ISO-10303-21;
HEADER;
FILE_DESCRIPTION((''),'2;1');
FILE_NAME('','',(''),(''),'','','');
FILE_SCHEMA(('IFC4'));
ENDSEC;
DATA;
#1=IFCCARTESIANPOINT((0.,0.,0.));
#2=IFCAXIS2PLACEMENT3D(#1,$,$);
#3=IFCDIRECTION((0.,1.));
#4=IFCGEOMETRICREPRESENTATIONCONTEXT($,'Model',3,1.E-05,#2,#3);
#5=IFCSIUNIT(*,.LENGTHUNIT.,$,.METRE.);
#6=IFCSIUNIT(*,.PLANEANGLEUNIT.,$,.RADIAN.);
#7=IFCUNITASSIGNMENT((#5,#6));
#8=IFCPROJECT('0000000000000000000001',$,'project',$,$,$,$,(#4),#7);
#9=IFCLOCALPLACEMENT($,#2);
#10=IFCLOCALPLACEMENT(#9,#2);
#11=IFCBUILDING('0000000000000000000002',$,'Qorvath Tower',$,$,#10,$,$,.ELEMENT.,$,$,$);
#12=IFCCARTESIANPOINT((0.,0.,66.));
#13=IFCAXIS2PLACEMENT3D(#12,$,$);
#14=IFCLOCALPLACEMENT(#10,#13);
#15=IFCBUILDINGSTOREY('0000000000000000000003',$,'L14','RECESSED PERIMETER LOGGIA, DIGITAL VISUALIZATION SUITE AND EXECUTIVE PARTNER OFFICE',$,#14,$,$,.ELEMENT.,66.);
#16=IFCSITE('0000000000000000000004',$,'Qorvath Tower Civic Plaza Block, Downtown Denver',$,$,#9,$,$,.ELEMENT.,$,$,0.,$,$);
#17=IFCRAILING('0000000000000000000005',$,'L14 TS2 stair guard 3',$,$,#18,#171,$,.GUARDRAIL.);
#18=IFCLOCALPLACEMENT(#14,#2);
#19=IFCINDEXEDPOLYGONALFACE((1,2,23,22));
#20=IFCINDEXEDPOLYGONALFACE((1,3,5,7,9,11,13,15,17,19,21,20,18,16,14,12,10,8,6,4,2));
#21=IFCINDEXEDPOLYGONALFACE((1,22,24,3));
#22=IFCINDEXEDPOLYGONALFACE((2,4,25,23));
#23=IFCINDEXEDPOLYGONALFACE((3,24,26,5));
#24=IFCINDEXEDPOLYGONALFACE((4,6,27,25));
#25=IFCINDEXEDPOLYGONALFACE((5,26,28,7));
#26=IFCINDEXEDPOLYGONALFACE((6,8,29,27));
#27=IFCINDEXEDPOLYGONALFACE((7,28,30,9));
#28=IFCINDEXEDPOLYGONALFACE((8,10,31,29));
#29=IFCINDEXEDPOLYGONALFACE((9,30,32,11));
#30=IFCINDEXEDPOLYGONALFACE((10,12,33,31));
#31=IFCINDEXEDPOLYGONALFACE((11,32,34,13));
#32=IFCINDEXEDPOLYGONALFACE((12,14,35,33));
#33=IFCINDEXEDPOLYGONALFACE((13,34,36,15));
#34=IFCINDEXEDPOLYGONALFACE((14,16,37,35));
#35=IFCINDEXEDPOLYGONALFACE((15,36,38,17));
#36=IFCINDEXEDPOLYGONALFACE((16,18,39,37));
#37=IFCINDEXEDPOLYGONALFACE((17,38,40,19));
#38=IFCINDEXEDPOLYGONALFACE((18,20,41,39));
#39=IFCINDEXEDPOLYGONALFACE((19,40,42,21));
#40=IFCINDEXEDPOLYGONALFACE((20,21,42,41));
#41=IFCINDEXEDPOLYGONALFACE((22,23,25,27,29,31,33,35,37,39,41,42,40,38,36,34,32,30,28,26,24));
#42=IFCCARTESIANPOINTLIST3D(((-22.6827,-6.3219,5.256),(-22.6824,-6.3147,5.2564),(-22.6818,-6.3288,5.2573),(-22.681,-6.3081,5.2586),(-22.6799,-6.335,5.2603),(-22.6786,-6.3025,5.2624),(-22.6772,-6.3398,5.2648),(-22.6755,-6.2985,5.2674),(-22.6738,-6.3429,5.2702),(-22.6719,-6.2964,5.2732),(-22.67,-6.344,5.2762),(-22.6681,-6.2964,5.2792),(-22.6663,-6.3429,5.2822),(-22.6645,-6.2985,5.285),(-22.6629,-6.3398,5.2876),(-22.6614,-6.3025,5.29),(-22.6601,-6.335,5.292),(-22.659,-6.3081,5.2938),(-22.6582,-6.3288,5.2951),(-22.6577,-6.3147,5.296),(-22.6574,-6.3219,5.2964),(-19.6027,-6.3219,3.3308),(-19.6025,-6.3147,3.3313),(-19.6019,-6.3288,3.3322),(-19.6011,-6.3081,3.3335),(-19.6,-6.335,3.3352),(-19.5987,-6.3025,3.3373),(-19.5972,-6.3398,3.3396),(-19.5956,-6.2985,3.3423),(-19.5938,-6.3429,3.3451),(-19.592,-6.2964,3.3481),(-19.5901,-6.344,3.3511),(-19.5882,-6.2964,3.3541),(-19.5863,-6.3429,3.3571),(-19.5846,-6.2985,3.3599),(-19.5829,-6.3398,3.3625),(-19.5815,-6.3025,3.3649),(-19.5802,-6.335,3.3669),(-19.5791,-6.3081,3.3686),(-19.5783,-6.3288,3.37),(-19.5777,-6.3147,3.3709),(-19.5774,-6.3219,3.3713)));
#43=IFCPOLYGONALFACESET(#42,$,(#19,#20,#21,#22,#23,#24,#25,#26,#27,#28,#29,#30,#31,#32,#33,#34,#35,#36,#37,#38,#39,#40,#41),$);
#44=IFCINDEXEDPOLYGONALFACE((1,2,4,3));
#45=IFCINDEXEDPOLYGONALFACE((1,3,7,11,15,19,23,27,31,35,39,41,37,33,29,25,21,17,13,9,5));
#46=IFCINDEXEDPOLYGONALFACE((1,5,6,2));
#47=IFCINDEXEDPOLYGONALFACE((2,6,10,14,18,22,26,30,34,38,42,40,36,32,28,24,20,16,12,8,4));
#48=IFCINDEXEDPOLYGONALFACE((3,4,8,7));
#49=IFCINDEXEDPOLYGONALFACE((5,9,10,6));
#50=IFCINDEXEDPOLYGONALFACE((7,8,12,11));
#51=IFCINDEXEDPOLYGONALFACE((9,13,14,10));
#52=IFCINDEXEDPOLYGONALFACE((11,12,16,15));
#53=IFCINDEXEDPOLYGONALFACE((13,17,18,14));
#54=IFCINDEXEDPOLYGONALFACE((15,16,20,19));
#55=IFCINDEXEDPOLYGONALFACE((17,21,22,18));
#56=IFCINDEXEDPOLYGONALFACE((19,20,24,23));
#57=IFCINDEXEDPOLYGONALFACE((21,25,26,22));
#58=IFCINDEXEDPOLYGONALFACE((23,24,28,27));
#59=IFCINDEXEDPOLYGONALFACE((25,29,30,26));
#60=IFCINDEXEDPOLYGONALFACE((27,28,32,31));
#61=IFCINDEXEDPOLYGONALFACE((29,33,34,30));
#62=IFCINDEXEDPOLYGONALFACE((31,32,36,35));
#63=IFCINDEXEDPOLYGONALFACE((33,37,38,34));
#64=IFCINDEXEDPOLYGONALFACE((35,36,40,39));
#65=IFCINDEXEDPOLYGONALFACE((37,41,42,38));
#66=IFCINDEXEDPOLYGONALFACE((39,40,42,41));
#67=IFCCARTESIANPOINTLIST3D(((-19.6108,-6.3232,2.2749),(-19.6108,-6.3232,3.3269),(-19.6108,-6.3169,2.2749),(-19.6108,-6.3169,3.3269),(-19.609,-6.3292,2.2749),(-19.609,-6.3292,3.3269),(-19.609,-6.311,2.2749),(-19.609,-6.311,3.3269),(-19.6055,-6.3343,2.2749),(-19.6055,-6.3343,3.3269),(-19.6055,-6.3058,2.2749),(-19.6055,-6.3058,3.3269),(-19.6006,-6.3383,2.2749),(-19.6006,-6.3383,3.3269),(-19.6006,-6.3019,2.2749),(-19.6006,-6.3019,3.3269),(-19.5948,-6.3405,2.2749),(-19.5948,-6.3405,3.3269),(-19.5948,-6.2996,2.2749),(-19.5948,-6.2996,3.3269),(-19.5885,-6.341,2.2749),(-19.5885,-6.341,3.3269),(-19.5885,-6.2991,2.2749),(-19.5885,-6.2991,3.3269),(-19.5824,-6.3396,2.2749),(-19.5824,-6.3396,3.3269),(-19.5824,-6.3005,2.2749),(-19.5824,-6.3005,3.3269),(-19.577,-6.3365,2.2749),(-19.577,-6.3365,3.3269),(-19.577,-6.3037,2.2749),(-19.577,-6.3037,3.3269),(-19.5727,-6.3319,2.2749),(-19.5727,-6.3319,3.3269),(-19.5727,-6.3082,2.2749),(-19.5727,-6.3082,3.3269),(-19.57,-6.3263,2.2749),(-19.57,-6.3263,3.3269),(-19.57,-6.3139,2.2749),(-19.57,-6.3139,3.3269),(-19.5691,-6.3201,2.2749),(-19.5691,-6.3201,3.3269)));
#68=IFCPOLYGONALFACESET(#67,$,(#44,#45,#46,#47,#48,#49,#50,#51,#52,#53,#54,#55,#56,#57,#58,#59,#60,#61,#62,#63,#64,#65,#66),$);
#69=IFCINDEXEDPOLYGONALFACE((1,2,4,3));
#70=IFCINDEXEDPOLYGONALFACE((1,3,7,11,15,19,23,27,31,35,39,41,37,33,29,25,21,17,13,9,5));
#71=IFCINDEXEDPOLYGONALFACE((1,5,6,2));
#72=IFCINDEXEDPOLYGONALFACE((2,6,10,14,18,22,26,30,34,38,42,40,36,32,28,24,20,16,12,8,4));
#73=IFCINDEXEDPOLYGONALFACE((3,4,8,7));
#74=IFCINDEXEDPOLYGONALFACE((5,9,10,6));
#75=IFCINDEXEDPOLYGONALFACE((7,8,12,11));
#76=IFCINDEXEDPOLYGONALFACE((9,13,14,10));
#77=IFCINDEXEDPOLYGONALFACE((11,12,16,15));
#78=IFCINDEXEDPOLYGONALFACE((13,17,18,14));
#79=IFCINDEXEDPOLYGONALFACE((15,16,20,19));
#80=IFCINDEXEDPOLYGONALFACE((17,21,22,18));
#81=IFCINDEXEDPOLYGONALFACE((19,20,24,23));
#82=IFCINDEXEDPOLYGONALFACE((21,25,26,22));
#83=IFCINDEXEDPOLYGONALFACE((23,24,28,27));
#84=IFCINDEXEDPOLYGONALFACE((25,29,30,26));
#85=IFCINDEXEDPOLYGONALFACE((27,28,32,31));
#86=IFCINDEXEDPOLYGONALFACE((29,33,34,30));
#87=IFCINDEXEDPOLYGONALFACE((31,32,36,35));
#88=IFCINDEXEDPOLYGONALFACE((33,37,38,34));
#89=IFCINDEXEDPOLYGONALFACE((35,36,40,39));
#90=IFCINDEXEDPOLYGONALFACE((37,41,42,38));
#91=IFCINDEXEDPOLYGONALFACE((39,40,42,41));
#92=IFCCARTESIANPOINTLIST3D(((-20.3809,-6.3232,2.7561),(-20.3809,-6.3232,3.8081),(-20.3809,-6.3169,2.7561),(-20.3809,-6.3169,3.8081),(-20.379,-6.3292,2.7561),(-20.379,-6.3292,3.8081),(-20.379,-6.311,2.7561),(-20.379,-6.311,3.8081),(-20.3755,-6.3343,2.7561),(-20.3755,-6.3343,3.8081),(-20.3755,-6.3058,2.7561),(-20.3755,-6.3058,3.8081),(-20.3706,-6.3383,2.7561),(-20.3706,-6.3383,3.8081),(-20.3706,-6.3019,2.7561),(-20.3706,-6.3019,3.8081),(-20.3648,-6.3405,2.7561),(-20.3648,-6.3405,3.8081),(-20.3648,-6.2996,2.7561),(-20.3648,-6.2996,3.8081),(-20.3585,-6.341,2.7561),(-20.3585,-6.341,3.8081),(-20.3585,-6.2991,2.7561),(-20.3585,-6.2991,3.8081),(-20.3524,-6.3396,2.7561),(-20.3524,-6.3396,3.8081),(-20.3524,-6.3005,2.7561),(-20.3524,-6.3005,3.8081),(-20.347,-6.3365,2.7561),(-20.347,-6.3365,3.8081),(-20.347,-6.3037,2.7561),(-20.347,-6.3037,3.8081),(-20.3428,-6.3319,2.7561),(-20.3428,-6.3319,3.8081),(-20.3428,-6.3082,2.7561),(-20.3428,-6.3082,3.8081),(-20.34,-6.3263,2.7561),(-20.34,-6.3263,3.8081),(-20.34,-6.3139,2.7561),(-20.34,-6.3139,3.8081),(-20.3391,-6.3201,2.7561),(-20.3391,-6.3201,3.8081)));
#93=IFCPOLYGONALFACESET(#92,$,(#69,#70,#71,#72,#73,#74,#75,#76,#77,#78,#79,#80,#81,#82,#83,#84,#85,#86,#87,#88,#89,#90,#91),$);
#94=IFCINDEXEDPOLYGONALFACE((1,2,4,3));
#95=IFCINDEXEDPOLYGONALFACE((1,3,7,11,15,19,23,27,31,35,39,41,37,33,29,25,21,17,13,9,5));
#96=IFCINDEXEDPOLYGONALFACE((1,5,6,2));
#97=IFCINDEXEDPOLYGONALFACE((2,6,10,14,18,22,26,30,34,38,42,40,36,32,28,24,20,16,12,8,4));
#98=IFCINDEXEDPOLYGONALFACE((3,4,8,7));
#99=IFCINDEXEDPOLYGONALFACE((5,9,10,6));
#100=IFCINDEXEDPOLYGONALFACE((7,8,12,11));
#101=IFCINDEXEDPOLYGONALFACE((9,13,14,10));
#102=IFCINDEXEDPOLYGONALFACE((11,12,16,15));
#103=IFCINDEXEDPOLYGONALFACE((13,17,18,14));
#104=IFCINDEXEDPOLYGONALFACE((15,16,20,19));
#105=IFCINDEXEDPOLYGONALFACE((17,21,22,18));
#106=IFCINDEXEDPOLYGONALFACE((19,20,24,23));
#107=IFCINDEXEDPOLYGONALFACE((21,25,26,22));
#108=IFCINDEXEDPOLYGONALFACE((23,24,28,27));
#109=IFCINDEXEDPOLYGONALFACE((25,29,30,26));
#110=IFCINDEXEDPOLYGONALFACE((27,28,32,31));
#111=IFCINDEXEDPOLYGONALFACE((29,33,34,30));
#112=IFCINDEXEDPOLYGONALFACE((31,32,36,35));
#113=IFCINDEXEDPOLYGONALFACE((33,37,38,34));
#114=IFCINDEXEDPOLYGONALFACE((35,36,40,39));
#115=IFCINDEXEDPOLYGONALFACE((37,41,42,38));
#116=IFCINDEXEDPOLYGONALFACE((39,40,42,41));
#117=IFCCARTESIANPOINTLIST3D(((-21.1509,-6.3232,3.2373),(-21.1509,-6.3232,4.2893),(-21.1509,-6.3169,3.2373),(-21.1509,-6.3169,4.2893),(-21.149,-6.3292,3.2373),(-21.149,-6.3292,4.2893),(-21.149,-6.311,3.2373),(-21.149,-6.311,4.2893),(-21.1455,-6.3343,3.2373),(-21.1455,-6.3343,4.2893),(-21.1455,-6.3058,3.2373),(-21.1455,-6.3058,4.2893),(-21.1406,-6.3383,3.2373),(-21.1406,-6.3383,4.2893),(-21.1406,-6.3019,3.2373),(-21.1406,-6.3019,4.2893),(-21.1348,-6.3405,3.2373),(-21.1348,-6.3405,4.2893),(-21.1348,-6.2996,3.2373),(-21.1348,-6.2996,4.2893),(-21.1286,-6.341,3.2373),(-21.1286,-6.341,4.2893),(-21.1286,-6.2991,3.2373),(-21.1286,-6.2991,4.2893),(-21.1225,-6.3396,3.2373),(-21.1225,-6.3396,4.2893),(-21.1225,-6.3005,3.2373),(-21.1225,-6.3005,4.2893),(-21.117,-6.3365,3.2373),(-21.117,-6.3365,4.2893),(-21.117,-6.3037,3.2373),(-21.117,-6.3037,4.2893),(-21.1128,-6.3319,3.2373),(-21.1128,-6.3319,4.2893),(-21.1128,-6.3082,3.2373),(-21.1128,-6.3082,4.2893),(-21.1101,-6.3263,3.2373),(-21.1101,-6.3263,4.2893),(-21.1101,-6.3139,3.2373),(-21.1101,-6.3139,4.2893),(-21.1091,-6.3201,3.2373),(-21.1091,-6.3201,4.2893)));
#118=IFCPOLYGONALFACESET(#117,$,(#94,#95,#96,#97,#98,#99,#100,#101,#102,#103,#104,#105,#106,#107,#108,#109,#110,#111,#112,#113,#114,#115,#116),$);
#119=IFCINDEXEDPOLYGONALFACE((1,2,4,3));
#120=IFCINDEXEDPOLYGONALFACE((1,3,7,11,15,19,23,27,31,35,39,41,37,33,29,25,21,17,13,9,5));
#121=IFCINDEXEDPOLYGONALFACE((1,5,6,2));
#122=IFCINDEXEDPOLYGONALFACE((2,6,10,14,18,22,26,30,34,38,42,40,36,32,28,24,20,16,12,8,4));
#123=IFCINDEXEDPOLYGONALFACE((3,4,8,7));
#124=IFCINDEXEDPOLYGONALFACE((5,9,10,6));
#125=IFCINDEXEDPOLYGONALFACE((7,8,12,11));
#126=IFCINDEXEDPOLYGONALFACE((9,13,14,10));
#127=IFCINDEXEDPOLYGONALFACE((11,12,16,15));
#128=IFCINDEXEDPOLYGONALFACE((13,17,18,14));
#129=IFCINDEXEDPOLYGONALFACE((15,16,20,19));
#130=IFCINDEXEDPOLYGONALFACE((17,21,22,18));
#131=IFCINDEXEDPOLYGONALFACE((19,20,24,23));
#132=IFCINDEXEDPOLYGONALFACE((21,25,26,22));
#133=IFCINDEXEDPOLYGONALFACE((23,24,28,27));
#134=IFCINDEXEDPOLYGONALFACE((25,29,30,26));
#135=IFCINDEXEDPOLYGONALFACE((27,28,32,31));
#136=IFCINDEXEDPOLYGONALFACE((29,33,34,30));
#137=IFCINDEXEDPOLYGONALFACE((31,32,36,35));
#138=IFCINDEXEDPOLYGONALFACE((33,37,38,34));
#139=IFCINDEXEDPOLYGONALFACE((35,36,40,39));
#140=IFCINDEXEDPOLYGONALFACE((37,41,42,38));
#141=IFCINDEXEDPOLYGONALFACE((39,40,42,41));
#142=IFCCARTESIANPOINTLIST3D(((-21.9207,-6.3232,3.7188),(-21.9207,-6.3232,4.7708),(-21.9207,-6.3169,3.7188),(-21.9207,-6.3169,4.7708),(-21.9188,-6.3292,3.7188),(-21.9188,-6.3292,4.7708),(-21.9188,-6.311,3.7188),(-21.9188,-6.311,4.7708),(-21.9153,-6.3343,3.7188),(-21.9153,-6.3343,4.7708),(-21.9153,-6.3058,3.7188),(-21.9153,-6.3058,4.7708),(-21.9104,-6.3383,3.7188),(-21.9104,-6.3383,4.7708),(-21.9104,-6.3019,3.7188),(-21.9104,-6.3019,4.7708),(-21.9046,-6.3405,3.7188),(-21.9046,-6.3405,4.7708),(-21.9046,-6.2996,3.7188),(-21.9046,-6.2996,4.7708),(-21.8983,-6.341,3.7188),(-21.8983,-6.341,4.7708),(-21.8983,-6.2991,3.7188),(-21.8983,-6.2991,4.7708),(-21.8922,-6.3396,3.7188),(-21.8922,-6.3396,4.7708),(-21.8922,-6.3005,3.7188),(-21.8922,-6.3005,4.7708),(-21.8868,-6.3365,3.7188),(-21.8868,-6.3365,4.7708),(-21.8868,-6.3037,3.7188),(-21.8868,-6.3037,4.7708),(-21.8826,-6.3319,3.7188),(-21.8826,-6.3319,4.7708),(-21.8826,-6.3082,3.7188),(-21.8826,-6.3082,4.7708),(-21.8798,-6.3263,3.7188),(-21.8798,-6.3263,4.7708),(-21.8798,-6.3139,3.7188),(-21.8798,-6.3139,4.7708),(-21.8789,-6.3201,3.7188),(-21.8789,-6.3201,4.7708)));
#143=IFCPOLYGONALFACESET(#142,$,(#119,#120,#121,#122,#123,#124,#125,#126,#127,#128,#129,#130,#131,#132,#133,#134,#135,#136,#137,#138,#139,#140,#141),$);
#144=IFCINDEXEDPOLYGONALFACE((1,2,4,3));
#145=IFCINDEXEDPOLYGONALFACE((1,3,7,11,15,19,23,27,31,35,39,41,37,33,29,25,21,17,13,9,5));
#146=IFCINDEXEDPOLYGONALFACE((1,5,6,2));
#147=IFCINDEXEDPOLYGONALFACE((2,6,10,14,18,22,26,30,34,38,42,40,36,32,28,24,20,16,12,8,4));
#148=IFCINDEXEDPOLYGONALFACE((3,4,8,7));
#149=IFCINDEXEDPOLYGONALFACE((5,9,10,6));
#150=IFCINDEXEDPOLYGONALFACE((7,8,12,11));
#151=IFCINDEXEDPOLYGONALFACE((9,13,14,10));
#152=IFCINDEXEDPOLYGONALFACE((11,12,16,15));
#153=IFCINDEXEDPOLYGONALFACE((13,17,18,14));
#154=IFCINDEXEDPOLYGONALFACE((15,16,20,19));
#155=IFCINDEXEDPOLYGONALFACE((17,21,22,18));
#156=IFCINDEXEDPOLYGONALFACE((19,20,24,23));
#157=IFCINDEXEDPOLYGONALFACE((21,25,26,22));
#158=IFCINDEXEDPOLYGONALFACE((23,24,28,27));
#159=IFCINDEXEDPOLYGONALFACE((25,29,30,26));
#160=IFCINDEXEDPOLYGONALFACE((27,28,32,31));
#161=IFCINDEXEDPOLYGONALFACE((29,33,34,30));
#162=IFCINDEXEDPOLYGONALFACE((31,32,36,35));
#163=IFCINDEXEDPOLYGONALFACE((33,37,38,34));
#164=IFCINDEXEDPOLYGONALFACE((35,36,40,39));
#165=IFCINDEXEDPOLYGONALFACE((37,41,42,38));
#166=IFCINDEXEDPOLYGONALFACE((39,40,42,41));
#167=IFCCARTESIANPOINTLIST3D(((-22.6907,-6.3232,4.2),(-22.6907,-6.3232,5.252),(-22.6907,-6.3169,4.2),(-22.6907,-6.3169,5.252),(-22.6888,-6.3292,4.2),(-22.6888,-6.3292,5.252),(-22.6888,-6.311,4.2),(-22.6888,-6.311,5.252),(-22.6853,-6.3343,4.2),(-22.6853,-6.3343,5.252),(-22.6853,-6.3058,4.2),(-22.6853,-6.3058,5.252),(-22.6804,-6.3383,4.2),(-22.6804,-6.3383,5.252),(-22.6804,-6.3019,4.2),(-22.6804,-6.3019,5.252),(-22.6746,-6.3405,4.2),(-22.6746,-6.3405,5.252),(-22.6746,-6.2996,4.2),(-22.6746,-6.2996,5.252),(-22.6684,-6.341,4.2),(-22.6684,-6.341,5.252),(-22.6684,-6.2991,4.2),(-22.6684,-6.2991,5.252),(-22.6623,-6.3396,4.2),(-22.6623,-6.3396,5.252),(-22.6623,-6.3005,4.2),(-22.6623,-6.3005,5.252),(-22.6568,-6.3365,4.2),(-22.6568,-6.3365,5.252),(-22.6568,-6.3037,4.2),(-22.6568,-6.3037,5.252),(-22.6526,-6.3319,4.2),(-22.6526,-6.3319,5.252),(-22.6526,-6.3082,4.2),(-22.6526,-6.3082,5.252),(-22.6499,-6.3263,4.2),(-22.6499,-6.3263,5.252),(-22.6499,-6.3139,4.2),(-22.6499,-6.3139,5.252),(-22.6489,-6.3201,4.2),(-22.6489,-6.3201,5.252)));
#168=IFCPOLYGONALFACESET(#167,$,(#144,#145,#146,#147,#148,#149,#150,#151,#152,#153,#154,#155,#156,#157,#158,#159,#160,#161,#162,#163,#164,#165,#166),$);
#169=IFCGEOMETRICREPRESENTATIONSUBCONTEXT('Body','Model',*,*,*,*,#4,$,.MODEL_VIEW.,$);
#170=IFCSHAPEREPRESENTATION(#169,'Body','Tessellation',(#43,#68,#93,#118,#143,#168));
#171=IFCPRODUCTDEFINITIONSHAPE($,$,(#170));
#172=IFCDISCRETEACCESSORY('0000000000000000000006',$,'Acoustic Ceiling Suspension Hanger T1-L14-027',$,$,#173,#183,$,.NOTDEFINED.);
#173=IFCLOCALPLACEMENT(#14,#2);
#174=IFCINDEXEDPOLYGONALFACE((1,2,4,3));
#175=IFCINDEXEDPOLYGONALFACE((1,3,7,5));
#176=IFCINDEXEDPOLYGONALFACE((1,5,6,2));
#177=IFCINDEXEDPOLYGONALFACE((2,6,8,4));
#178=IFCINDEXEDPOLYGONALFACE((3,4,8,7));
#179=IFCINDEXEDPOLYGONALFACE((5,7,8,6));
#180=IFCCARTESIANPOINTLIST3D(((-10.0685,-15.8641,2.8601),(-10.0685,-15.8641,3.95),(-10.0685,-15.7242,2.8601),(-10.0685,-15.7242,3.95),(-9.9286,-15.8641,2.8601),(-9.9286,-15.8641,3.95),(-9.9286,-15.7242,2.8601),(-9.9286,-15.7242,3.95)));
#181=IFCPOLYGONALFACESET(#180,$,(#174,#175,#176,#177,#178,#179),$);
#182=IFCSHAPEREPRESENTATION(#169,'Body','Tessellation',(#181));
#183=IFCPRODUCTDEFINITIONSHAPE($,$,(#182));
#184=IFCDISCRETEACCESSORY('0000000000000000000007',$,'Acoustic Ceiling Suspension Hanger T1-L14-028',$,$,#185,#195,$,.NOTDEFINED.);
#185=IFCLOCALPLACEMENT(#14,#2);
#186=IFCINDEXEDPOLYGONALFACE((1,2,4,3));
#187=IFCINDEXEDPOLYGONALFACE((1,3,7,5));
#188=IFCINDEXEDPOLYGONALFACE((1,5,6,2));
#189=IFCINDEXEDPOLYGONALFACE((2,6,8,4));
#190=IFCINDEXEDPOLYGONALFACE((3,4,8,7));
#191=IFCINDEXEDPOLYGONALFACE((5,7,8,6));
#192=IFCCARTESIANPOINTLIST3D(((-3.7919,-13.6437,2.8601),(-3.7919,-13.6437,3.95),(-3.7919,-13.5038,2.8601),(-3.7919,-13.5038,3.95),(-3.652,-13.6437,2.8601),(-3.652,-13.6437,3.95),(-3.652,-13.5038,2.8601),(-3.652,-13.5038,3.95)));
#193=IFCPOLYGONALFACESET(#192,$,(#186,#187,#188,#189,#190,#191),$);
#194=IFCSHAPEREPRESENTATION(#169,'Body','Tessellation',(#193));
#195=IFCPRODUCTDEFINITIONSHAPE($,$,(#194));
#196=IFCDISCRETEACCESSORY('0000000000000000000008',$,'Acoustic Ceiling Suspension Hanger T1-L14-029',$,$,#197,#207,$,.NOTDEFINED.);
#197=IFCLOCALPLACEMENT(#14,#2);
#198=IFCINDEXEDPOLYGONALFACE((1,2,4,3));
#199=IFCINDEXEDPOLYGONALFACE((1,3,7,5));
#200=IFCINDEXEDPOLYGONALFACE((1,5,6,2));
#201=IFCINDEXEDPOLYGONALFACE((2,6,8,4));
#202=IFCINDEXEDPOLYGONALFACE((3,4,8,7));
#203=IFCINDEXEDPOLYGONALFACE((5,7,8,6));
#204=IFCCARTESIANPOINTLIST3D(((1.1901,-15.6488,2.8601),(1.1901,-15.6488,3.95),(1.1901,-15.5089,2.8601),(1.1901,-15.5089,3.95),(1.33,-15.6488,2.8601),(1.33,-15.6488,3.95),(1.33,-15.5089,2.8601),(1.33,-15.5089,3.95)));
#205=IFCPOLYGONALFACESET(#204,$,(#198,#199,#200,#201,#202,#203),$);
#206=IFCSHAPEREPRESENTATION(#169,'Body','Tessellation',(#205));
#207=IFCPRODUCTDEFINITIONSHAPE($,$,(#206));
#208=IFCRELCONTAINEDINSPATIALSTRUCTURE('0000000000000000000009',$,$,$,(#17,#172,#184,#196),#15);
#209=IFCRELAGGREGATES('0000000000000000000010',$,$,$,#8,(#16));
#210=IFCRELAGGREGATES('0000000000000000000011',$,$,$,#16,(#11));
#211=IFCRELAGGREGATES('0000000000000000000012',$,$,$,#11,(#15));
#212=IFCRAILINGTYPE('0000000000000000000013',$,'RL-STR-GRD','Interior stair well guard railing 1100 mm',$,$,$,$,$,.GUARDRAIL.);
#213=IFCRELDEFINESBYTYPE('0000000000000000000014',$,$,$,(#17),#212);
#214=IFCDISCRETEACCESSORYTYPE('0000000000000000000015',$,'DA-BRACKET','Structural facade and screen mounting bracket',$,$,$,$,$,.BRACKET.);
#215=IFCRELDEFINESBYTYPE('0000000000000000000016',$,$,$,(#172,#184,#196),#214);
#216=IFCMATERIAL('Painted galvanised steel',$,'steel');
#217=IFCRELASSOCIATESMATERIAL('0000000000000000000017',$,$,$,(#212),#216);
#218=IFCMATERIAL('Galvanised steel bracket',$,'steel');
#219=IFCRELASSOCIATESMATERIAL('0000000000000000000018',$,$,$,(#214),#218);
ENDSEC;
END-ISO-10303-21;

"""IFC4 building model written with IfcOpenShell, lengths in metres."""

from ifc_helpers import new_model, si_unit, direction, frame, origin, origin_2d, place, context, subcontext, project, spatial, rectangle, circle, extrude, material, type_object, element, save


model = new_model("IFC4")

# Units and contexts
model_context = context("Model", 3, precision=1e-05, world=origin(), true_north=direction((0.0, 1.0)))
body_context = subcontext(model_context, "Body", "Model", "MODEL_VIEW")
ifc_project = project(units=[si_unit("LENGTHUNIT", "METRE"), si_unit("PLANEANGLEUNIT", "RADIAN")], contexts=[model_context])

# Site, building, storey
site_placement = place(None, origin())
site = spatial("IfcSite", under=ifc_project, at=site_placement, Name="Qorvath Tower Civic Plaza Block, Downtown Denver", CompositionType="ELEMENT", RefElevation=0.0)
building_placement = place(site_placement, origin())
building = spatial("IfcBuilding", under=site, at=building_placement, Name="Qorvath Tower", CompositionType="ELEMENT")
storey_placement = place(building_placement, frame((0.0, 0.0, 66.0)))
storey = spatial("IfcBuildingStorey", under=building, at=storey_placement, Name="L14", Description="RECESSED PERIMETER LOGGIA, DIGITAL VISUALIZATION SUITE AND EXECUTIVE PARTNER OFFICE", CompositionType="ELEMENT", Elevation=66.0)

# Railing
ifc_material_1 = material(Name="Painted galvanised steel", Category="steel")
railing_type = type_object("IfcRailingType", Name="RL-STR-GRD", Description="Interior stair well guard railing 1100 mm", PredefinedType="GUARDRAIL", material=ifc_material_1)
railing_1_placement = place(storey_placement, frame((-19.5901, -6.3201, 2.2749)))
element("IfcRailing", 1, at=railing_1_placement, inside=storey, type_object=railing_type, Name="L14 TS2 stair guard 3", PredefinedType="GUARDRAIL", context=body_context, shape_type="SweptSolid", body=[
    extrude(circle(Radius=0.0239, at=origin_2d()), frame((0.0, 0.0, 1.0762), z_axis=(-0.847979, 0.0, 0.530029), x_axis=(0.0, -1.0, 0.0)), (0.0, 0.0, 1.0), 3.6321),
    extrude(circle(Radius=0.021, at=origin_2d()), origin(), (0.0, 0.0, 1.0), 1.052),
    extrude(circle(Radius=0.021, at=origin_2d()), frame((-0.77, 0.0, 0.4812)), (0.0, 0.0, 1.0), 1.052),
    extrude(circle(Radius=0.021, at=origin_2d()), frame((-1.54, 0.0, 0.9624)), (0.0, 0.0, 1.0), 1.052),
    extrude(circle(Radius=0.021, at=origin_2d()), frame((-2.3098, 0.0, 1.4438)), (0.0, 0.0, 1.0), 1.052),
    extrude(circle(Radius=0.021, at=origin_2d()), frame((-3.0798, 0.0, 1.925)), (0.0, 0.0, 1.0), 1.052),
])

# Discrete accessories
ifc_material_2 = material(Name="Galvanised steel bracket", Category="steel")
discrete_accessory_type = type_object("IfcDiscreteAccessoryType", Name="DA-BRACKET", Description="Structural facade and screen mounting bracket", PredefinedType="BRACKET", material=ifc_material_2)
for number, where, z_axis, x_axis, name in (
    (2, (-9.9985, -15.7942, 2.8601), (0.0, 0.0, 1.0), (1.0, 0.0, 0.0), "Acoustic Ceiling Suspension Hanger T1-L14-027"),
    (3, (-3.7219, -13.5737, 2.8601), (0.0, 0.0, 1.0), (1.0, 0.0, 0.0), "Acoustic Ceiling Suspension Hanger T1-L14-028"),
    (4, (1.26, -15.5789, 2.8601), (0.0, 0.0, 1.0), (1.0, 0.0, 0.0), "Acoustic Ceiling Suspension Hanger T1-L14-029"),
):
    element("IfcDiscreteAccessory", number, at=place(storey_placement, frame(where, z_axis=z_axis, x_axis=x_axis)), inside=storey, type_object=discrete_accessory_type, Name=name, PredefinedType="NOTDEFINED", context=body_context, shape_type="SweptSolid", body=[
        extrude(rectangle(XDim=0.1399, YDim=0.1399, at=origin_2d()), origin(), (0.0, 0.0, 1.0), 1.0898),
    ])

save(model, "model.ifc")
